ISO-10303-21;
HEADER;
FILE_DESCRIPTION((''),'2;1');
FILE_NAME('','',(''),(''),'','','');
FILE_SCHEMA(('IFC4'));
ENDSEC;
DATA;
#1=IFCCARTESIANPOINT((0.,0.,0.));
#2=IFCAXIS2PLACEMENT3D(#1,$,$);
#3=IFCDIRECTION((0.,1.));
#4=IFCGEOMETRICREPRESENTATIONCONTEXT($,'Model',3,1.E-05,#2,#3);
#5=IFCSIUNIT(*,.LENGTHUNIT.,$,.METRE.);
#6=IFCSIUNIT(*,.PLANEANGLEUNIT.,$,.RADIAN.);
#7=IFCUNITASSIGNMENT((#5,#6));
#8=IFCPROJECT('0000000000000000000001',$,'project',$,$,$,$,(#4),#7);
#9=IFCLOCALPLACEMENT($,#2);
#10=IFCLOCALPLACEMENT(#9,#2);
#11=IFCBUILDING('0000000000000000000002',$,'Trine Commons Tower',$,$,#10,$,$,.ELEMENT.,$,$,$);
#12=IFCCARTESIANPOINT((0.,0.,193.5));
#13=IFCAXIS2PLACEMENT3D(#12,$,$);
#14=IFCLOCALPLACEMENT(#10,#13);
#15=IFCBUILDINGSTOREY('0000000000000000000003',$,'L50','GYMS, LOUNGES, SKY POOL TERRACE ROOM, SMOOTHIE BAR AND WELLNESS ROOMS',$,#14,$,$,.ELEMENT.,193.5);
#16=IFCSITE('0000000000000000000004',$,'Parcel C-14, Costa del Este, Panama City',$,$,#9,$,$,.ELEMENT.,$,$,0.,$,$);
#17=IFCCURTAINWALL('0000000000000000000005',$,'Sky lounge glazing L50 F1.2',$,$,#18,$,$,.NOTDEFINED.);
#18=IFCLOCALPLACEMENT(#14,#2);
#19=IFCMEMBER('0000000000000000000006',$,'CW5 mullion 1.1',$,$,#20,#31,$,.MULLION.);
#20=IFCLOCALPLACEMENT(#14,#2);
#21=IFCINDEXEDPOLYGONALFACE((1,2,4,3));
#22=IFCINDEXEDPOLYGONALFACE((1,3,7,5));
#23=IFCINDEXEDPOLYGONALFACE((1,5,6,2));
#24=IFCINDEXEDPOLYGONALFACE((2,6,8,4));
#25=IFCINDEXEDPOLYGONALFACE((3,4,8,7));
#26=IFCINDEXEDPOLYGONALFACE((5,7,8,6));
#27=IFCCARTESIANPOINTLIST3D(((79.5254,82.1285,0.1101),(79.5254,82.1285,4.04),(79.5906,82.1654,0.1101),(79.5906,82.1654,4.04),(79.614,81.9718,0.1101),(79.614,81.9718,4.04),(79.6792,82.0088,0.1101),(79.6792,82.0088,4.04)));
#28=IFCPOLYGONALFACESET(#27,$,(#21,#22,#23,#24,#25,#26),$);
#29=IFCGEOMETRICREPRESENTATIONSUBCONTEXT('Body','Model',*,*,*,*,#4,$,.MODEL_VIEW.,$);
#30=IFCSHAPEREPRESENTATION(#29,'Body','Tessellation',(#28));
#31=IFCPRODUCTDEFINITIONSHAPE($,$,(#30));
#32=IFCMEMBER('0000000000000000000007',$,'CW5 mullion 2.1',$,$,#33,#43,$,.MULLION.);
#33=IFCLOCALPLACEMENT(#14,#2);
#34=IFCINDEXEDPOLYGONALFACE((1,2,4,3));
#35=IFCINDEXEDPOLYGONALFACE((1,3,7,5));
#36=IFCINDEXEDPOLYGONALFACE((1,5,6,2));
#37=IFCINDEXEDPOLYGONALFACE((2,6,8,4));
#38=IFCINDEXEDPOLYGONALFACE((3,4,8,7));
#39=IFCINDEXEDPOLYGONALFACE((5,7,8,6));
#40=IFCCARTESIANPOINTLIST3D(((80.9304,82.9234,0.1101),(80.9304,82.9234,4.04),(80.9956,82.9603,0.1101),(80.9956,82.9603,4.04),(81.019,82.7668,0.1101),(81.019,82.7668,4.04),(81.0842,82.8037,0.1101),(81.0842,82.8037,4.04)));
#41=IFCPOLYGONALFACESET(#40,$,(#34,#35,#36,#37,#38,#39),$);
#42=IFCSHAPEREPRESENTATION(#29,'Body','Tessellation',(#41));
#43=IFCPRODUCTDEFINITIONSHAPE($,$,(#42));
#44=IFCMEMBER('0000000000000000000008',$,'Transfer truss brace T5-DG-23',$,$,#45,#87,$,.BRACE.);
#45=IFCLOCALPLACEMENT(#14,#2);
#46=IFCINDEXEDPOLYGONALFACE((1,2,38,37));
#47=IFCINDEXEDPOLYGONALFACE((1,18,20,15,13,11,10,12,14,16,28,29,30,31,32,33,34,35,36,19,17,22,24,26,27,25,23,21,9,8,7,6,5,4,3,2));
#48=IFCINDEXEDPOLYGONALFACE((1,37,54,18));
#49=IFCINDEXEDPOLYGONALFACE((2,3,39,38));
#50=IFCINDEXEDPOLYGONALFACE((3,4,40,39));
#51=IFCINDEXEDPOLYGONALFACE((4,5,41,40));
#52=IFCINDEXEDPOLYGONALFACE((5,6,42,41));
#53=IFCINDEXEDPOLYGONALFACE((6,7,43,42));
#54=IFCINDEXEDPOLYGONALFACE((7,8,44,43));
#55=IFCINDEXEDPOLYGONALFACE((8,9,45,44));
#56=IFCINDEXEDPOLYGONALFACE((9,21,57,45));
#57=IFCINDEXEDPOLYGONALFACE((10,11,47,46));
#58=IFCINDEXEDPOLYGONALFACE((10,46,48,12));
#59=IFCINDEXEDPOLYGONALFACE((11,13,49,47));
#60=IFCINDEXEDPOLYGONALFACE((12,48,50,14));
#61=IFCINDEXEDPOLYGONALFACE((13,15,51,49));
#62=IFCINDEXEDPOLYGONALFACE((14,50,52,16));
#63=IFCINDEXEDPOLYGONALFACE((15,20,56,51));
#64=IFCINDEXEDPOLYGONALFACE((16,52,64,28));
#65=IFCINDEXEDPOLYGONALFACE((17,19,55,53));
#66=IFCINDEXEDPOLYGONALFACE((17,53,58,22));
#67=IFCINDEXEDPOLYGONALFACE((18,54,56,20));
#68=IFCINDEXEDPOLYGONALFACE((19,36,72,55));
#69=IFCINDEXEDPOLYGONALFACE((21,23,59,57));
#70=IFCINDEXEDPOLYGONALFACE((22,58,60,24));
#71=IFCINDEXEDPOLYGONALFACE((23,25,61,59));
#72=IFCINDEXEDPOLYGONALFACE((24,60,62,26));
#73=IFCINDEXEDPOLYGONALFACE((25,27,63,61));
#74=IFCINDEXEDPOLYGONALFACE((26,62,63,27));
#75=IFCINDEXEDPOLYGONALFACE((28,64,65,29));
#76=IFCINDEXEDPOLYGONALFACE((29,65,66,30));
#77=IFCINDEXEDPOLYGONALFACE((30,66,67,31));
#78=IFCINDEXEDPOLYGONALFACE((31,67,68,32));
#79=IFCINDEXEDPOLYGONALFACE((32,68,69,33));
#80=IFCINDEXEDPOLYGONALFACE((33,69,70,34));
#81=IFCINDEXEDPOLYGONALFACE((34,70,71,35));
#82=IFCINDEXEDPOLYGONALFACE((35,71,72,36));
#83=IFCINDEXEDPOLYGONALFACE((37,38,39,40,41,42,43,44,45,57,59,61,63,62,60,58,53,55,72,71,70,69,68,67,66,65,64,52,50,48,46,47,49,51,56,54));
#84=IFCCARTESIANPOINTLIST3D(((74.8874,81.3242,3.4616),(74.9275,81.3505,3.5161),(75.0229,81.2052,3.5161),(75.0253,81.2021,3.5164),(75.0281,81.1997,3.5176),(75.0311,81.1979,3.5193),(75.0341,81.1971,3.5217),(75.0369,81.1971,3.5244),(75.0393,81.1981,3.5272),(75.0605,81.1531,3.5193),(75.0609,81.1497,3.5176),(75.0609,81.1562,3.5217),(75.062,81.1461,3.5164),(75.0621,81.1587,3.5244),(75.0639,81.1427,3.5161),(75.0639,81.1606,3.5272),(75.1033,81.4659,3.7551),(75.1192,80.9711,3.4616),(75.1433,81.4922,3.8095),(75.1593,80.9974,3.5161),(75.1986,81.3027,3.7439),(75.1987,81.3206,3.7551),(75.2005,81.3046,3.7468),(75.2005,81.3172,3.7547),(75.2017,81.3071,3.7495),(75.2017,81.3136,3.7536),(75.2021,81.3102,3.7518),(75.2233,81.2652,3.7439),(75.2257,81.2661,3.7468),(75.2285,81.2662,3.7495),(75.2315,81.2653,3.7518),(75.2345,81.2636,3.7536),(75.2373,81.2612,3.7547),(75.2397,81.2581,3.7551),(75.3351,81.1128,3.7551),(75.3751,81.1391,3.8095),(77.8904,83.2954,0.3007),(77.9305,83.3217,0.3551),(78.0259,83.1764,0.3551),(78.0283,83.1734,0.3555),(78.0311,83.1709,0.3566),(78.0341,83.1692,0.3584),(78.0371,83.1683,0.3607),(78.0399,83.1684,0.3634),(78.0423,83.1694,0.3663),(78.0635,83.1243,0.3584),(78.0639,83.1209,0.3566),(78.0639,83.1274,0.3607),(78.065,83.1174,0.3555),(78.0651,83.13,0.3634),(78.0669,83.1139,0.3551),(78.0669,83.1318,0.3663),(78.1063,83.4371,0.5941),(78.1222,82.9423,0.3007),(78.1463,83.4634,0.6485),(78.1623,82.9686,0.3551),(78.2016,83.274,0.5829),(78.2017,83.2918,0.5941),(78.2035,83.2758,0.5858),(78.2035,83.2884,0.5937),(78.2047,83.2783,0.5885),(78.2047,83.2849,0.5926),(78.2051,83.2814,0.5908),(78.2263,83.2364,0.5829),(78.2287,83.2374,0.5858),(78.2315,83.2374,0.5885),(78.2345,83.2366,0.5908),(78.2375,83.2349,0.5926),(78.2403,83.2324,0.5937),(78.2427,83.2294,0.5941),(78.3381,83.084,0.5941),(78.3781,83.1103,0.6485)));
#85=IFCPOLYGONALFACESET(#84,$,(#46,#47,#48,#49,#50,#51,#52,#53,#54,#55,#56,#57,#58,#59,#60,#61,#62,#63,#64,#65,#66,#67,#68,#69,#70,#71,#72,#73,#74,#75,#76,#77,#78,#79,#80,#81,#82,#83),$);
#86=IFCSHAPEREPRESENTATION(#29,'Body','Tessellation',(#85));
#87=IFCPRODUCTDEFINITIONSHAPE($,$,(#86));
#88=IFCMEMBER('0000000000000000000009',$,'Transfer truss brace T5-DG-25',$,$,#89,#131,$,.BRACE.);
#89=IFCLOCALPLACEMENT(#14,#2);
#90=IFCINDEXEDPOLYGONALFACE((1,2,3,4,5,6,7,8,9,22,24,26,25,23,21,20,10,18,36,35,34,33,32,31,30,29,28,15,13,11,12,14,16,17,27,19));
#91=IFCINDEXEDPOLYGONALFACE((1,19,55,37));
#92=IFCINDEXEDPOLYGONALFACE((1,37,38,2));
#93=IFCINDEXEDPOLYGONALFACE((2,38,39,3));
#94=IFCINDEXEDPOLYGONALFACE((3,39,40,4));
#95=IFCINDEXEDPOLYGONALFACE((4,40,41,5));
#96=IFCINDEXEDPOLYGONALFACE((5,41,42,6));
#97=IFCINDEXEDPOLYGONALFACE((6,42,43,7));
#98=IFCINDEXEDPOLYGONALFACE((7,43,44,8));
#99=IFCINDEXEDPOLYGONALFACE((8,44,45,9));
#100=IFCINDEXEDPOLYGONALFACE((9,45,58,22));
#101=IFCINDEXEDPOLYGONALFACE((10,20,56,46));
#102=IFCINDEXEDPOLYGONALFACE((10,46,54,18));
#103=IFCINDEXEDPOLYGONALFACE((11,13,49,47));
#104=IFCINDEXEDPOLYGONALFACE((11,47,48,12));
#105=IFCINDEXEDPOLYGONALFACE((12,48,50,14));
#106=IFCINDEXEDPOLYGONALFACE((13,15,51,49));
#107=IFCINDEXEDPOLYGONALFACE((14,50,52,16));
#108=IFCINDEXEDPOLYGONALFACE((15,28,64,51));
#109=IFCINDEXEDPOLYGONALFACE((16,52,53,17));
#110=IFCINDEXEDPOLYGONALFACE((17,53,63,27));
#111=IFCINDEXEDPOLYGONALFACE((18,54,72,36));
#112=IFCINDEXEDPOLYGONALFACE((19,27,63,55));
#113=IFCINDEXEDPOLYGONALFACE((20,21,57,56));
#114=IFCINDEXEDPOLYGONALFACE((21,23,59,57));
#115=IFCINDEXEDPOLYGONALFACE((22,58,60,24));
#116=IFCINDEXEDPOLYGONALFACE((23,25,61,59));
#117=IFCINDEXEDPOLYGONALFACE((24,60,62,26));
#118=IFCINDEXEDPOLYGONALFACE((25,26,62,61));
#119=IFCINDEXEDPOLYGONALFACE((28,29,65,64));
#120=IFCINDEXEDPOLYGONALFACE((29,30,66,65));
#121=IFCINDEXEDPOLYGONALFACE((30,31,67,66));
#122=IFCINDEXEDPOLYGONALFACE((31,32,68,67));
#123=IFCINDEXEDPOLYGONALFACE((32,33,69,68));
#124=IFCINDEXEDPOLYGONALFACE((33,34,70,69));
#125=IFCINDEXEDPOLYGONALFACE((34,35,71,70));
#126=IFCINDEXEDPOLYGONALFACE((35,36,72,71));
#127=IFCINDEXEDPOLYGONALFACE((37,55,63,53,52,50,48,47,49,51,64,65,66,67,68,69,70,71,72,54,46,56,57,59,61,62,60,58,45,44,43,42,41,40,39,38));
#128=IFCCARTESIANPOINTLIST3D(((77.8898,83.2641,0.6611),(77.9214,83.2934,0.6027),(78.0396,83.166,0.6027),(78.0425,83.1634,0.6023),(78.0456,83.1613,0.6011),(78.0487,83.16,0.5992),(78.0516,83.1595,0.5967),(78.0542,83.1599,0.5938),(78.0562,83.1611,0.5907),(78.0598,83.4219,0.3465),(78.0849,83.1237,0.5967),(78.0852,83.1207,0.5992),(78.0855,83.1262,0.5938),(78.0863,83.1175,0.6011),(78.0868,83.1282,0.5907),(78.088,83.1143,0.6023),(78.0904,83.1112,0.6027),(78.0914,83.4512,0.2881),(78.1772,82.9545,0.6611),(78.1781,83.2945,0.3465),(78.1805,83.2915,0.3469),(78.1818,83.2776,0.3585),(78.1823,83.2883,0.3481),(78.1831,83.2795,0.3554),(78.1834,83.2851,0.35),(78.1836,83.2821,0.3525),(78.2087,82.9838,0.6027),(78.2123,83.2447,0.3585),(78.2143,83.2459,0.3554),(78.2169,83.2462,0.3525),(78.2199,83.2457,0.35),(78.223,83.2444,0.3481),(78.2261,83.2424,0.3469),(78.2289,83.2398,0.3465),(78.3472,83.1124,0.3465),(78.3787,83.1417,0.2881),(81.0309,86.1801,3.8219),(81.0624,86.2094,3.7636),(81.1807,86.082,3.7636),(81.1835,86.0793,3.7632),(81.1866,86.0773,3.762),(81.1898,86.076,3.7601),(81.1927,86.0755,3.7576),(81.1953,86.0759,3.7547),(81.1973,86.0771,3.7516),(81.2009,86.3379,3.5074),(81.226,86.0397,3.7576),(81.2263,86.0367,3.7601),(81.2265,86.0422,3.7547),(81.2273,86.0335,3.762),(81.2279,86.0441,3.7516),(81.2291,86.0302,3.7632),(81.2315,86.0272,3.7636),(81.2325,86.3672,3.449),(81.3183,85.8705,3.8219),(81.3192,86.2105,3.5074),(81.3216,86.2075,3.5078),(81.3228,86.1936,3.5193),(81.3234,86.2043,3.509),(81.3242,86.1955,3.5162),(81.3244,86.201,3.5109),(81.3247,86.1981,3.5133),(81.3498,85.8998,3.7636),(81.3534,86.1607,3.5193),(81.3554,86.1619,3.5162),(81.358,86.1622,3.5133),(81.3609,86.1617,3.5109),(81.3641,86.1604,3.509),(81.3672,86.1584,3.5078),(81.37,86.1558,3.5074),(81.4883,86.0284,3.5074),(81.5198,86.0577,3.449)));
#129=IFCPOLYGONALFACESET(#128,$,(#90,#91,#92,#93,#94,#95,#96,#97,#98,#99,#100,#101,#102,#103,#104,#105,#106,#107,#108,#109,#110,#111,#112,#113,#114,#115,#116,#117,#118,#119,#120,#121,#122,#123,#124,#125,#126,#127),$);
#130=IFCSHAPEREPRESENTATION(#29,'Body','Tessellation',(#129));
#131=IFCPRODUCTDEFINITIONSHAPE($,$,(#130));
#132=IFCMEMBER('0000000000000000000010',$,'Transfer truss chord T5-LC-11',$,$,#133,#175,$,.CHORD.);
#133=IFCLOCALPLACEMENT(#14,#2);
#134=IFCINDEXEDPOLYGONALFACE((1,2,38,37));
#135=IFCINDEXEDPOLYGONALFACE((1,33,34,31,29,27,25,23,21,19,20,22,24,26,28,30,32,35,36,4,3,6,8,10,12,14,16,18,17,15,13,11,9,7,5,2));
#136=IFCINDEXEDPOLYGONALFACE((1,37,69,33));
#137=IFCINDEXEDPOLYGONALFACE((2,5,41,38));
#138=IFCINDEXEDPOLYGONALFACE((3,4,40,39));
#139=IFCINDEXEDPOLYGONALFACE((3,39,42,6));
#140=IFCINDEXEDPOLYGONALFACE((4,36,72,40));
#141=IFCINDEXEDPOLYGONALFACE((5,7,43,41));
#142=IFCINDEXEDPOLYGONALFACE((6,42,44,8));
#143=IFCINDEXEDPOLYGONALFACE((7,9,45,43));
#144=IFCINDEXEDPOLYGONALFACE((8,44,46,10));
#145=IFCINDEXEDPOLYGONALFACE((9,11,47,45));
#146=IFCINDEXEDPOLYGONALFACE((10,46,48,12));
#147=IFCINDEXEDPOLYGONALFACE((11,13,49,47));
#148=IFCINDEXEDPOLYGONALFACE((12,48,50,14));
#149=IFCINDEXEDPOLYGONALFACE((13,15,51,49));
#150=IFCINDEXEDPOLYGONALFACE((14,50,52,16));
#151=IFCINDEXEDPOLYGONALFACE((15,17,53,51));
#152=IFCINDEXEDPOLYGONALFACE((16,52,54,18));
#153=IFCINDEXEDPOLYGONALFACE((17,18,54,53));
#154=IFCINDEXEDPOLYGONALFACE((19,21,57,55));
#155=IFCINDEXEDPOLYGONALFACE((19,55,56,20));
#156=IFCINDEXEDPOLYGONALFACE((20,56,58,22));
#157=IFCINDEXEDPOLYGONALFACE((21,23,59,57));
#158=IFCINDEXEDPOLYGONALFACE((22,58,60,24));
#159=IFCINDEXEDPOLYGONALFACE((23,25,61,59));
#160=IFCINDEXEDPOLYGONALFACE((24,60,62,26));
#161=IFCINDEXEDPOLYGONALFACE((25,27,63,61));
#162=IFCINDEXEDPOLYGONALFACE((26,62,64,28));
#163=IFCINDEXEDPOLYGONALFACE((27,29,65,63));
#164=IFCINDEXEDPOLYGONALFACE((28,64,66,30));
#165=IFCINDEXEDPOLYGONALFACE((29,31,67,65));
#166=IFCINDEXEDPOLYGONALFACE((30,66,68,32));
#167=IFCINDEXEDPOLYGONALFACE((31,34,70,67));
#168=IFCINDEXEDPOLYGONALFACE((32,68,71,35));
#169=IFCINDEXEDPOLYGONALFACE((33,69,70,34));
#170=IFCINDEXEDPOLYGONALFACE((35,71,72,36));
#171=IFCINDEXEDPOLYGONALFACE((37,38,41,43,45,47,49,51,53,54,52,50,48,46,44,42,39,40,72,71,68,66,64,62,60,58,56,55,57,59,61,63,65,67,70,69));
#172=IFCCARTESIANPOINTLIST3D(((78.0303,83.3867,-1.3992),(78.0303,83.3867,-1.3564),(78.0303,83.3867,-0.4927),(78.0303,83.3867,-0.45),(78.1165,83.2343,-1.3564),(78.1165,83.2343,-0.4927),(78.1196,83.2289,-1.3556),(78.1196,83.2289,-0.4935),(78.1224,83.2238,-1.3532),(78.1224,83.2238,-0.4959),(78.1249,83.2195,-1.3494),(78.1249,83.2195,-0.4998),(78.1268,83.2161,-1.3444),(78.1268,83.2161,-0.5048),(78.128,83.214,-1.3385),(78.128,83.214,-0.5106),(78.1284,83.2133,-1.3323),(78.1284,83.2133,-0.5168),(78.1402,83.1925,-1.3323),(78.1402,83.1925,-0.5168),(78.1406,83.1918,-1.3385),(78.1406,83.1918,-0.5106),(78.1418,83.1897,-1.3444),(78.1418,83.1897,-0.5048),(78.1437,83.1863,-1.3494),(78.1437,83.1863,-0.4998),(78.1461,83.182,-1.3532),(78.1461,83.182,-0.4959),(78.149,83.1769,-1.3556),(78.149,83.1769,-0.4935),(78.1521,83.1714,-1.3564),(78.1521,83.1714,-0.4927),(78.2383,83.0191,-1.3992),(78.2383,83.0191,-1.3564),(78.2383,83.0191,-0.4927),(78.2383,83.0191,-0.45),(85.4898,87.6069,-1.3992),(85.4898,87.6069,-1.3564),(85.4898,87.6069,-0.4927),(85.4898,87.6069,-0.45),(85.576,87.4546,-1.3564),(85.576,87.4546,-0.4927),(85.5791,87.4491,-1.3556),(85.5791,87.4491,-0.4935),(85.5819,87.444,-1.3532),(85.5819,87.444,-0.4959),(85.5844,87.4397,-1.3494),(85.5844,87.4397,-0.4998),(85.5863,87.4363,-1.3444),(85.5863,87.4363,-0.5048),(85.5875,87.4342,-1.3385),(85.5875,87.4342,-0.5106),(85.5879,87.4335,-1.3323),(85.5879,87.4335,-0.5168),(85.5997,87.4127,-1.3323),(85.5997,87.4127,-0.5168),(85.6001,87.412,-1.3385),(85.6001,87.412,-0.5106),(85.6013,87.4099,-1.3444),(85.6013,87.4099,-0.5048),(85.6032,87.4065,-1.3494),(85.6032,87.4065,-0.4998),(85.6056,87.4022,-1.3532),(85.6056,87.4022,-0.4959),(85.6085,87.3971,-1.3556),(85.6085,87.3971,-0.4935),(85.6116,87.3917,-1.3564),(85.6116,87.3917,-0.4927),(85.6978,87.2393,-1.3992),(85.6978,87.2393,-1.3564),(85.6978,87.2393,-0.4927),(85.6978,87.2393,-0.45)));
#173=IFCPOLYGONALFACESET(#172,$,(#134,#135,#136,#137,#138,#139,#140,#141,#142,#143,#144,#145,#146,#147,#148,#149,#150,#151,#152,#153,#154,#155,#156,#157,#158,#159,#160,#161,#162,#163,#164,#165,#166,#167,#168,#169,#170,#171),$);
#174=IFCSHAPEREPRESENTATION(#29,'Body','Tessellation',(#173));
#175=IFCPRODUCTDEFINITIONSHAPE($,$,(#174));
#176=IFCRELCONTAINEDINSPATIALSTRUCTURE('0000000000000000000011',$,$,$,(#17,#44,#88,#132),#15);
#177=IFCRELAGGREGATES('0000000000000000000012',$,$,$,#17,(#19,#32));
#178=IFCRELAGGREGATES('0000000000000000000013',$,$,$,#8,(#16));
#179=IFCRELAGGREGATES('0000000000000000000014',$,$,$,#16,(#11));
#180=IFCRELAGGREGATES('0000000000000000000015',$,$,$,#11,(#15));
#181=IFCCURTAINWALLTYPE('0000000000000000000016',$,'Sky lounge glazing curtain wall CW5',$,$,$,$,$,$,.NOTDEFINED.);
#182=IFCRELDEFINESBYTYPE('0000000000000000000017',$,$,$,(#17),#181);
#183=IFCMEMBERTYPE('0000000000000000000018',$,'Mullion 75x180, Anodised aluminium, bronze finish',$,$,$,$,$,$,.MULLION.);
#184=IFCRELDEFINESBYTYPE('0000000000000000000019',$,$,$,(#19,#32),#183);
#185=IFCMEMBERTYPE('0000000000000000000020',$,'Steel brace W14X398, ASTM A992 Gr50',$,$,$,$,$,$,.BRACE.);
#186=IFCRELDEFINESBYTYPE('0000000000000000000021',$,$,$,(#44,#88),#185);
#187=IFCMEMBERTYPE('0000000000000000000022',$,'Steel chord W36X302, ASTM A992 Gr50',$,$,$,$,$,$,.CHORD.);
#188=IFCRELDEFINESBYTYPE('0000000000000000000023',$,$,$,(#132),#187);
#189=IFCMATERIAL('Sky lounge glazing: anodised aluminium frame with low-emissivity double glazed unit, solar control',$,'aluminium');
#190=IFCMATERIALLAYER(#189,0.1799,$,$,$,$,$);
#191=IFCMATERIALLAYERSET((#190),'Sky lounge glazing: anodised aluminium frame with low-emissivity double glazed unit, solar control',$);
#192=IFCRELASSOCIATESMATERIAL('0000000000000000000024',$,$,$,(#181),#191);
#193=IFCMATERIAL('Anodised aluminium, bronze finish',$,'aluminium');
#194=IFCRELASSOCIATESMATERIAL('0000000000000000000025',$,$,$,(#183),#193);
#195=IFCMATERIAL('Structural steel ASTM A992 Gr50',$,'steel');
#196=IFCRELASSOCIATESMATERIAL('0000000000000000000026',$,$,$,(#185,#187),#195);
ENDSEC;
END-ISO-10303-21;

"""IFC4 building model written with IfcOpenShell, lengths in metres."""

from ifc_helpers import new_model, si_unit, direction, frame, origin, origin_2d, place, context, subcontext, project, spatial, rectangle, i_section, extrude, material, layer, layer_set, material_profile, profile_set, type_object, element, aggregate, save


model = new_model("IFC4")

# Units and contexts
model_context = context("Model", 3, precision=1e-05, world=origin(), true_north=direction((0.0, 1.0)))
body_context = subcontext(model_context, "Body", "Model", "MODEL_VIEW")
ifc_project = project(units=[si_unit("LENGTHUNIT", "METRE"), si_unit("PLANEANGLEUNIT", "RADIAN")], contexts=[model_context])

# Site, building, storey
site_placement = place(None, origin())
site = spatial("IfcSite", under=ifc_project, at=site_placement, Name="Parcel C-14, Costa del Este, Panama City", CompositionType="ELEMENT", RefElevation=0.0)
building_placement = place(site_placement, origin())
building = spatial("IfcBuilding", under=site, at=building_placement, Name="Trine Commons Tower", CompositionType="ELEMENT")
storey_placement = place(building_placement, frame((0.0, 0.0, 193.5)))
storey = spatial("IfcBuildingStorey", under=building, at=storey_placement, Name="L50", Description="GYMS, LOUNGES, SKY POOL TERRACE ROOM, SMOOTHIE BAR AND WELLNESS ROOMS", CompositionType="ELEMENT", Elevation=193.5)

# Curtain wall, members
ifc_material_1 = material(Name="Sky lounge glazing: anodised aluminium frame with low-emissivity double glazed unit, solar control", Category="aluminium")
ifc_layer_1 = layer(ifc_material_1, 0.1799)
ifc_layer_set_1 = layer_set([ifc_layer_1], Name="Sky lounge glazing: anodised aluminium frame with low-emissivity double glazed unit, solar control")
curtain_wall_type = type_object("IfcCurtainWallType", Name="Sky lounge glazing curtain wall CW5", PredefinedType="NOTDEFINED", material=ifc_layer_set_1)
curtain_wall_placement = place(storey_placement, origin())
curtain_wall = element("IfcCurtainWall", 1, at=curtain_wall_placement, inside=storey, type_object=curtain_wall_type, Name="Sky lounge glazing L50 F1.2", PredefinedType="NOTDEFINED")
ifc_material_2 = material(Name="Anodised aluminium, bronze finish", Category="aluminium")
ifc_material_profile_1 = material_profile(ifc_material_2, rectangle(XDim=0.1799, YDim=0.075, at=origin_2d()), Name="Mullion 75x180")
ifc_profile_set_1 = profile_set([ifc_material_profile_1], Name="Anodised aluminium, bronze finish")
member_type_1 = type_object("IfcMemberType", Name="Mullion 75x180, Anodised aluminium, bronze finish", PredefinedType="MULLION", material=ifc_profile_set_1)
member_1_placement = place(storey_placement, frame((79.6023, 82.0686, 0.1101), z_axis=(0.0, 0.0, 1.0), x_axis=(-0.492424, 0.870356, 0.0)))
member_1 = element("IfcMember", 2, at=member_1_placement, type_object=member_type_1, Name="CW5 mullion 1.1", PredefinedType="MULLION", context=body_context, shape_type="SweptSolid", body=[
    extrude(rectangle(XDim=0.1799, YDim=0.075, at=origin_2d()), origin(), (0.0, 0.0, 1.0), 3.9299),
])
member_2_placement = place(storey_placement, frame((81.0073, 82.8635, 0.1101), z_axis=(0.0, 0.0, 1.0), x_axis=(-0.492424, 0.870356, 0.0)))
member_2 = element("IfcMember", 3, at=member_2_placement, type_object=member_type_1, Name="CW5 mullion 2.1", PredefinedType="MULLION", context=body_context, shape_type="SweptSolid", body=[
    extrude(rectangle(XDim=0.1799, YDim=0.075, at=origin_2d()), origin(), (0.0, 0.0, 1.0), 3.9299),
])

# Members
ifc_material_3 = material(Name="Structural steel ASTM A992 Gr50", Category="steel")
ifc_material_profile_2 = material_profile(ifc_material_3, i_section(OverallWidth=0.4224, OverallDepth=0.4634, WebThickness=0.0449, FlangeThickness=0.0725, FilletRadius=0.0149, at=origin_2d()), Name="W14X398")
ifc_profile_set_2 = profile_set([ifc_material_profile_2], Name="Structural steel ASTM A992 Gr50")
member_type_2 = type_object("IfcMemberType", Name="Steel brace W14X398, ASTM A992 Gr50", PredefinedType="BRACE", material=ifc_profile_set_2)
member_3_placement = place(storey_placement, frame((78.1343, 83.2029, 0.4746), z_axis=(-0.627597, -0.411969, 0.660609), x_axis=(0.548757, -0.835982, 0.0)))
element("IfcMember", 4, at=member_3_placement, inside=storey, type_object=member_type_2, Name="Transfer truss brace T5-DG-23", PredefinedType="BRACE", context=body_context, shape_type="SweptSolid", body=[
    extrude(i_section(OverallWidth=0.4224, OverallDepth=0.4634, WebThickness=0.0449, FlangeThickness=0.0725, FilletRadius=0.0149, at=origin_2d()), origin(), (0.0, 0.0, 1.0), 4.7849),
])
member_4_placement = place(storey_placement, frame((78.1343, 83.2029, 0.4746), z_axis=(0.589825, 0.547557, 0.593538), x_axis=(-0.680359, 0.732879, 0.0)))
element("IfcMember", 5, at=member_4_placement, inside=storey, type_object=member_type_2, Name="Transfer truss brace T5-DG-25", PredefinedType="BRACE", context=body_context, shape_type="SweptSolid", body=[
    extrude(i_section(OverallWidth=0.4224, OverallDepth=0.4634, WebThickness=0.0449, FlangeThickness=0.0725, FilletRadius=0.0149, at=origin_2d()), origin(), (0.0, 0.0, 1.0), 5.3254),
])
ifc_material_profile_3 = material_profile(ifc_material_3, i_section(OverallWidth=0.4224, OverallDepth=0.9492, WebThickness=0.0239, FlangeThickness=0.0427, FilletRadius=0.0242, at=origin_2d()), Name="W36X302")
ifc_profile_set_3 = profile_set([ifc_material_profile_3], Name="Structural steel ASTM A992 Gr50")
member_type_3 = type_object("IfcMemberType", Name="Steel chord W36X302, ASTM A992 Gr50", PredefinedType="CHORD", material=ifc_profile_set_3)
member_5_placement = place(storey_placement, frame((78.1343, 83.2029, -0.9246), z_axis=(0.870363, 0.49241, 0.0), x_axis=(-0.49241, 0.870363, 0.0)))
element("IfcMember", 6, at=member_5_placement, inside=storey, type_object=member_type_3, Name="Transfer truss chord T5-LC-11", PredefinedType="CHORD", context=body_context, shape_type="SweptSolid", body=[
    extrude(i_section(OverallWidth=0.4224, OverallDepth=0.9492, WebThickness=0.0239, FlangeThickness=0.0427, FilletRadius=0.0242, at=origin_2d()), origin(), (0.0, 0.0, 1.0), 8.5706),
])

aggregate(curtain_wall, [member_1, member_2])

save(model, "model.ifc")
